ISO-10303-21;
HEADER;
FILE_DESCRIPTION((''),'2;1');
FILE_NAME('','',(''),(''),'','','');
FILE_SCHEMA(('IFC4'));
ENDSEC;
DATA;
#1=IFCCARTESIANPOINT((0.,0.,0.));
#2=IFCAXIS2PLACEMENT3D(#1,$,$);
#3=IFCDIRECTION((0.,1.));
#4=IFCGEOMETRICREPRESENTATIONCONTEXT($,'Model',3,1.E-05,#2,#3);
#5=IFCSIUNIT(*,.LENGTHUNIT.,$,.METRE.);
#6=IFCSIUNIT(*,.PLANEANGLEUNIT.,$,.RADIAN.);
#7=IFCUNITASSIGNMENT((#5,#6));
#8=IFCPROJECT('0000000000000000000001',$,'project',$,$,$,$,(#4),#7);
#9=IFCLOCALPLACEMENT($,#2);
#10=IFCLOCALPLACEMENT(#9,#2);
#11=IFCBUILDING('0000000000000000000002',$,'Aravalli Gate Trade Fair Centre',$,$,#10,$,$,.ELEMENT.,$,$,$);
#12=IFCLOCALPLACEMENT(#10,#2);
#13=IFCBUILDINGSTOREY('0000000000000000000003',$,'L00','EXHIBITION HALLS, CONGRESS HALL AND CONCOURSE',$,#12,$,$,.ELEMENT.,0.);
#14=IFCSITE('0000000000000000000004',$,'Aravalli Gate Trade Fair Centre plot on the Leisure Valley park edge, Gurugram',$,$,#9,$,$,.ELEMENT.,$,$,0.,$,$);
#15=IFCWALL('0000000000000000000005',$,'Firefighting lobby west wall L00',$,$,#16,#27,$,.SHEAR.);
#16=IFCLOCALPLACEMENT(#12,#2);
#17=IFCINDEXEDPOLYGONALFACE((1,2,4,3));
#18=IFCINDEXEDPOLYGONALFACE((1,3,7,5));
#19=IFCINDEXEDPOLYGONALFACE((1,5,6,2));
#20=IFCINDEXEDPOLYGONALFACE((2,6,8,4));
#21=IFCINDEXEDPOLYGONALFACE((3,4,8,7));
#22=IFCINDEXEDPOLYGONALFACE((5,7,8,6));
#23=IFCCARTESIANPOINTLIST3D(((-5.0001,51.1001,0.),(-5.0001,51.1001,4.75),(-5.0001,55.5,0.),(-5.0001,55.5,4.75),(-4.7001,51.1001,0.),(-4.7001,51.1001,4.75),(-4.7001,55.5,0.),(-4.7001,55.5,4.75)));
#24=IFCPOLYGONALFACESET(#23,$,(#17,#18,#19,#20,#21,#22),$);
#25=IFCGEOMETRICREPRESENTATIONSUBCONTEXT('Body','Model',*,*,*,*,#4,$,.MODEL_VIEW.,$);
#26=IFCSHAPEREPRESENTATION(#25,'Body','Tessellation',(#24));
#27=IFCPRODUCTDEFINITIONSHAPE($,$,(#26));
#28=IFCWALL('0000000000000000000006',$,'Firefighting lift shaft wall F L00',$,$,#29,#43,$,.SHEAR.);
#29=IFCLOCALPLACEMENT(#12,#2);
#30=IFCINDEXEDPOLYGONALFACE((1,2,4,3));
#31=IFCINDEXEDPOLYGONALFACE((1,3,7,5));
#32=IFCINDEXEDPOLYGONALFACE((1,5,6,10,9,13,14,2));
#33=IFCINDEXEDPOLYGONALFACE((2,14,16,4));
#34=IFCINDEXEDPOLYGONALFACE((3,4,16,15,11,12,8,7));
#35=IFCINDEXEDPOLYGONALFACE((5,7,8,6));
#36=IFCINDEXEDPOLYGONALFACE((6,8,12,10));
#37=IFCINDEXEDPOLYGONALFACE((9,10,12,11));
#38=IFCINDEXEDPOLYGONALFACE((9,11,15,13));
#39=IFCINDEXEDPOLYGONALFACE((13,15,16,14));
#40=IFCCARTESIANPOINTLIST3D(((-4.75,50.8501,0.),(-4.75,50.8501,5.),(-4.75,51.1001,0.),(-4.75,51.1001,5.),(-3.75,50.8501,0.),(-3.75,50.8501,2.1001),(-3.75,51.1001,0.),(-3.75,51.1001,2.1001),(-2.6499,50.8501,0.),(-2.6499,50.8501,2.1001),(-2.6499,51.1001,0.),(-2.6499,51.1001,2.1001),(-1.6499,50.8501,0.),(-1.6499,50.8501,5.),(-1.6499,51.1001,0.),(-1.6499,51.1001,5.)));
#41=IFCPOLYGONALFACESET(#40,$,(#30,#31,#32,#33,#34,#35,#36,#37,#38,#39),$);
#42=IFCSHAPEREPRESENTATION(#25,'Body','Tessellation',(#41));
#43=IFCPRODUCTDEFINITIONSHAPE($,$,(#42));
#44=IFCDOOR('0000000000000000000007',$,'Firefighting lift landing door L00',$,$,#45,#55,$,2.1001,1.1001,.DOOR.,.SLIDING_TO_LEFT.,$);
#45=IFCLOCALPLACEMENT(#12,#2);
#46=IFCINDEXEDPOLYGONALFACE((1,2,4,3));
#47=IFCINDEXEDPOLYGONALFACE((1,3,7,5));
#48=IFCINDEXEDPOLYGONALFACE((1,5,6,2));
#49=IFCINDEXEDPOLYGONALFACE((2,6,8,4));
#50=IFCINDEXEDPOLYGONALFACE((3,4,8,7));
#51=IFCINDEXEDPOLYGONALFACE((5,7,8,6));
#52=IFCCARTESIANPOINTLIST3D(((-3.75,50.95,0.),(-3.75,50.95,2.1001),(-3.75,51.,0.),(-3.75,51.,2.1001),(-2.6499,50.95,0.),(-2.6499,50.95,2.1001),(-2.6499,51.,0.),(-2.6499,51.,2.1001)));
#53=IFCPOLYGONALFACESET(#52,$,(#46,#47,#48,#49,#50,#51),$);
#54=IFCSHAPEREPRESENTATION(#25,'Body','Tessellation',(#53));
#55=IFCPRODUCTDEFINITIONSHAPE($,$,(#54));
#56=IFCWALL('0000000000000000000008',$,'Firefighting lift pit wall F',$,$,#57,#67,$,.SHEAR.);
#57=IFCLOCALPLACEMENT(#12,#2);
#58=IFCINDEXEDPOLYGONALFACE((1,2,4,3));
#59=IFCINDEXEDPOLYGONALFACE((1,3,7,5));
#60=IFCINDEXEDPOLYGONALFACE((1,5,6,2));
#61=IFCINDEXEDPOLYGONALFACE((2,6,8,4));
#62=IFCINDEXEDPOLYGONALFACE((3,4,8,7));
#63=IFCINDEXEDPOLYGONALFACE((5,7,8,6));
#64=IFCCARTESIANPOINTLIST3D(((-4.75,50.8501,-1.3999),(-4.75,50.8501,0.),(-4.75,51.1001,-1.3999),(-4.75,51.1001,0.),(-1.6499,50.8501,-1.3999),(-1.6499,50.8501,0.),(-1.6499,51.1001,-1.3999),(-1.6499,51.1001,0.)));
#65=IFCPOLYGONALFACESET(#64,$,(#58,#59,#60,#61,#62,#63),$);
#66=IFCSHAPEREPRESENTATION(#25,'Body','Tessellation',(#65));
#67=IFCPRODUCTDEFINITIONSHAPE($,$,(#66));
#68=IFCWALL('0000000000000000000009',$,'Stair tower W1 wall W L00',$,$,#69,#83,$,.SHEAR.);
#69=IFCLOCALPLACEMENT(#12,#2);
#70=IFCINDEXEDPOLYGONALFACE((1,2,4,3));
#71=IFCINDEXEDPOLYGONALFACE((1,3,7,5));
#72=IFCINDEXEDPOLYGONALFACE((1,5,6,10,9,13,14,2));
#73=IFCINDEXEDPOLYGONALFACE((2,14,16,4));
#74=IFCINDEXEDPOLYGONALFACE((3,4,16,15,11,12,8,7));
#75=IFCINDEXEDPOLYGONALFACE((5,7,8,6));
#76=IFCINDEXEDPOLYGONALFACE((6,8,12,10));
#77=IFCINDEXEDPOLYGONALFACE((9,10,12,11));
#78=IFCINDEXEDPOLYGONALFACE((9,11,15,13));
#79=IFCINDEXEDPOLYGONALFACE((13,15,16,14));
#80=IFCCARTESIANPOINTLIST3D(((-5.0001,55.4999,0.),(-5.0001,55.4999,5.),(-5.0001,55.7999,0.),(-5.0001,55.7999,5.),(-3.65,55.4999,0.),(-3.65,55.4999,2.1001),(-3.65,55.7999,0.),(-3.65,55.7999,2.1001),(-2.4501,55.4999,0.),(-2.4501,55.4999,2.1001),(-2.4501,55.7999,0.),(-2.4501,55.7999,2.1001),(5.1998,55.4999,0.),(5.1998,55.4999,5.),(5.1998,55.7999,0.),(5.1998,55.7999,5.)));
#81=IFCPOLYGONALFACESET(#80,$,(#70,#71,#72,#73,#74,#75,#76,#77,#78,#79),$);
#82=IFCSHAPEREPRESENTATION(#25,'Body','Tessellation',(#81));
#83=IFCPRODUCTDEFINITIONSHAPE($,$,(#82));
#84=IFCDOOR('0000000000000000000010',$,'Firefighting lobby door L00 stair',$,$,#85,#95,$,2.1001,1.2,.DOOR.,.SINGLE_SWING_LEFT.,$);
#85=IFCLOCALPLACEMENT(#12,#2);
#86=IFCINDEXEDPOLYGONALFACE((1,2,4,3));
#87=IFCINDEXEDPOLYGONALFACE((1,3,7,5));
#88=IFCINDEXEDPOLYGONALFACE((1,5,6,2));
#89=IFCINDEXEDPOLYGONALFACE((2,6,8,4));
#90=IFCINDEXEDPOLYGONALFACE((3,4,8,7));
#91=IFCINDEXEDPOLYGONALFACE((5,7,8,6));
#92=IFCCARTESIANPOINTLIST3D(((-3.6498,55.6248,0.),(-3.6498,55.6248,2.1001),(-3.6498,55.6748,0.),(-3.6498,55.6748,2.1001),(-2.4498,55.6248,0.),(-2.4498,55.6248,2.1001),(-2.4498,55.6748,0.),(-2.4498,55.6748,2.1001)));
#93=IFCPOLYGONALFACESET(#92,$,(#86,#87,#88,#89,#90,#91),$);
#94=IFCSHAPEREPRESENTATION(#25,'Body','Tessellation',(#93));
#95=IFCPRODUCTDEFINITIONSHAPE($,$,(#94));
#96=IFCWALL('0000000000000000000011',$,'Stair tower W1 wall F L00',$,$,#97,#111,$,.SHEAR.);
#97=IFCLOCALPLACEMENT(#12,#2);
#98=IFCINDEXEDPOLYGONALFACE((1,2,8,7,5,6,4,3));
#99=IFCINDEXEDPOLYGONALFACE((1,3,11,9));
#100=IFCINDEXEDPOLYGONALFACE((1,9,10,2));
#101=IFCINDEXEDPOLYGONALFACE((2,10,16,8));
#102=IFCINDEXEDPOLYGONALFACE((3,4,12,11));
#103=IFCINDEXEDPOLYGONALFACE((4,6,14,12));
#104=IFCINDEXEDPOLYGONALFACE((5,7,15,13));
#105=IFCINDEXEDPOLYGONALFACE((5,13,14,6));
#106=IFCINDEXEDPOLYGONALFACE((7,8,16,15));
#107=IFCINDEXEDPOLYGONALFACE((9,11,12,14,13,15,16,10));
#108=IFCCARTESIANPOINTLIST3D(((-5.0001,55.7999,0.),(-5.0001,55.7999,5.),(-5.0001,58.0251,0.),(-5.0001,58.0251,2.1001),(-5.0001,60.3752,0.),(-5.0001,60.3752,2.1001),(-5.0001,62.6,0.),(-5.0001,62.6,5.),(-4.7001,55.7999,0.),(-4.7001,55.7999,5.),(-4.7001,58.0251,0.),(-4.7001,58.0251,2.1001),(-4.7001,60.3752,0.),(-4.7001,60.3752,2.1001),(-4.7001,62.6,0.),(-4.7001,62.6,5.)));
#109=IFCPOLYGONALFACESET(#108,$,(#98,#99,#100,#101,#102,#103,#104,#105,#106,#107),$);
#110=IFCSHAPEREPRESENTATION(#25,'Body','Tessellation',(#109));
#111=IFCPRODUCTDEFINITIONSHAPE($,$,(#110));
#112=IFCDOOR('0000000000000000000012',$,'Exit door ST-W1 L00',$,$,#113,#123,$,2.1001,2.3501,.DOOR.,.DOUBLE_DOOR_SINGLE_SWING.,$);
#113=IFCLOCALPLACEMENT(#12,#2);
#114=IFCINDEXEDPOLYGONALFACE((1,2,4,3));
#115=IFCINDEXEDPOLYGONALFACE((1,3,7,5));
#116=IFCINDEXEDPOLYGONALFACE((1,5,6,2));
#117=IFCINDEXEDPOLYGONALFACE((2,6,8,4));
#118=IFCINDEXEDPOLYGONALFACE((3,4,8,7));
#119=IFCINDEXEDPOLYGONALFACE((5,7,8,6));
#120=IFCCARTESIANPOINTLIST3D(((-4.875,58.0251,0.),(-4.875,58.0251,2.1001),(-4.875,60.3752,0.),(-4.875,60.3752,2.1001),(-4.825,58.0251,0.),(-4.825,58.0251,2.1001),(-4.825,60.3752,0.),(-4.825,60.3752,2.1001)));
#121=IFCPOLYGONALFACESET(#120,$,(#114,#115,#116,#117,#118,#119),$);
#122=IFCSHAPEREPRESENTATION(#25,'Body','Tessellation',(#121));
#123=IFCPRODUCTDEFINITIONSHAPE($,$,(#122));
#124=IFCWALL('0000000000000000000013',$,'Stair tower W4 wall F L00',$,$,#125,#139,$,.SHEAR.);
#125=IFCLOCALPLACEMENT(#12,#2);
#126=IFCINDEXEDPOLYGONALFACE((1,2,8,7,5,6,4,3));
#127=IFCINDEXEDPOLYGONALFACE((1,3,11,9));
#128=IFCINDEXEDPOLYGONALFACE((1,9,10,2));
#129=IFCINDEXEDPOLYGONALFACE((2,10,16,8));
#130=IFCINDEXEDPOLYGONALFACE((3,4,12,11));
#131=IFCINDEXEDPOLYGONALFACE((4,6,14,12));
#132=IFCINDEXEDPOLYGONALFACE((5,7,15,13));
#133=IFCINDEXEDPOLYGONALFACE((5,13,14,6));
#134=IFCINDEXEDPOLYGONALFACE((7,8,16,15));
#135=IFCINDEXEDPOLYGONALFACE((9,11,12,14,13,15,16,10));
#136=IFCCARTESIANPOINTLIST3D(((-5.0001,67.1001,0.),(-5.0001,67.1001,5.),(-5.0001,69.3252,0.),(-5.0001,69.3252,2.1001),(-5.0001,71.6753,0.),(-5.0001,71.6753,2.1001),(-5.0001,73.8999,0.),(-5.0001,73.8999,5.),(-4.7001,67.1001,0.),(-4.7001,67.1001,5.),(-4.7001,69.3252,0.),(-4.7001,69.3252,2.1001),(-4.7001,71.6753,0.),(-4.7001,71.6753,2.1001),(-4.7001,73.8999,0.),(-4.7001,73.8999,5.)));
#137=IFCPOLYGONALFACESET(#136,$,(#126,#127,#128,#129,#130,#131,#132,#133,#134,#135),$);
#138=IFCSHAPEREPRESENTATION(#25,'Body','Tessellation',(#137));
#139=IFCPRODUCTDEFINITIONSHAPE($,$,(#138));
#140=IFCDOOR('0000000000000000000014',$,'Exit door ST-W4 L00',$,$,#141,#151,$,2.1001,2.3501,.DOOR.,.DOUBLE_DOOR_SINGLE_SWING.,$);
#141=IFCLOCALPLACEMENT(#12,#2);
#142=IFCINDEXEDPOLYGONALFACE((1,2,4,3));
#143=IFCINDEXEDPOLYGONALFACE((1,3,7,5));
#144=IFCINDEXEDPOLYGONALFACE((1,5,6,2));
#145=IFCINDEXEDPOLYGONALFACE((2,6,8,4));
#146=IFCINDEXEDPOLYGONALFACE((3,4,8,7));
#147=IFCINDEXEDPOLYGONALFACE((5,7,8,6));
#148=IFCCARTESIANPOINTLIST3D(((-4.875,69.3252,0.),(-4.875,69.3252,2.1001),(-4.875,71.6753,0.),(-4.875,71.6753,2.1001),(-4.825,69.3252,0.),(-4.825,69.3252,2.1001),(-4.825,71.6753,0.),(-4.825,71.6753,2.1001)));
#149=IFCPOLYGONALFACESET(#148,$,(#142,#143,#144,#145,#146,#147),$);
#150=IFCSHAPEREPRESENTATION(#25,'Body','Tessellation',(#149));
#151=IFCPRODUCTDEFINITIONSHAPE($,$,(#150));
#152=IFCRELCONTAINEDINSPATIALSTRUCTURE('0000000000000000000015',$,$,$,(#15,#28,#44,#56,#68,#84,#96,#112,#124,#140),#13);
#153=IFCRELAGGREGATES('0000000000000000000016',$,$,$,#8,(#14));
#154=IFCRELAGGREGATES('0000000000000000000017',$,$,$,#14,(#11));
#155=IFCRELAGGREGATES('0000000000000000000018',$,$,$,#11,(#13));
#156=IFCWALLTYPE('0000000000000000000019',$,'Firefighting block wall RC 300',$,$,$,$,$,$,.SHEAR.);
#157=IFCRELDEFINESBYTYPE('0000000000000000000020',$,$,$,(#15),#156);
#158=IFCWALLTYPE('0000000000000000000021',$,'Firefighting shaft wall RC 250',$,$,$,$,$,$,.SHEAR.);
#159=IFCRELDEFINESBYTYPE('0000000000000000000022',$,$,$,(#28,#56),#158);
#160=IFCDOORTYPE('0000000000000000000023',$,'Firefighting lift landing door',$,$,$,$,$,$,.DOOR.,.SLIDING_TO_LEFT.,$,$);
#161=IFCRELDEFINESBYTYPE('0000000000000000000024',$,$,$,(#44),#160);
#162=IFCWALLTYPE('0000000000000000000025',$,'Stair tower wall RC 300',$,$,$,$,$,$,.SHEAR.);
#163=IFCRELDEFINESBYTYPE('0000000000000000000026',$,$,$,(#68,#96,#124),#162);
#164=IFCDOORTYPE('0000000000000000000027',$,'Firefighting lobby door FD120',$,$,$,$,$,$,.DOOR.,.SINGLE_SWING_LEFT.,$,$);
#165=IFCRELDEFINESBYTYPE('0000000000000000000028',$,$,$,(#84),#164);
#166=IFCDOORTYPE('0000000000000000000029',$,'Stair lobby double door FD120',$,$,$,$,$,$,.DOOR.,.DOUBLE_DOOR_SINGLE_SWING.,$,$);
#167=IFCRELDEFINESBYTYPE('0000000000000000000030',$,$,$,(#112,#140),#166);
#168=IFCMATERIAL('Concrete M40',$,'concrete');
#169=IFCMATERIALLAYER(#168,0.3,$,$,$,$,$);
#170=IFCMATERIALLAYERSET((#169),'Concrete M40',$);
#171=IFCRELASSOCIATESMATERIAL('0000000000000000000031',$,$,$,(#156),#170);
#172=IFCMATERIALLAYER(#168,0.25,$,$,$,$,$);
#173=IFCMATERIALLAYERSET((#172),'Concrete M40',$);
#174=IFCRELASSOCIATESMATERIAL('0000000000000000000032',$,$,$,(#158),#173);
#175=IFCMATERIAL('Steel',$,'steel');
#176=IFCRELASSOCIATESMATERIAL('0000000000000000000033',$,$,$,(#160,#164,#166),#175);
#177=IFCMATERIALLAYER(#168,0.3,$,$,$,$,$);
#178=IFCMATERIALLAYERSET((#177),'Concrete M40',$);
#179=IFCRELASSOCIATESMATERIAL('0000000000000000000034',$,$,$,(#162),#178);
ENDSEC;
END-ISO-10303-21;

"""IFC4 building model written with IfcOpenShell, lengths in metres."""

from ifc_helpers import new_model, si_unit, direction, frame, frame_2d, origin, place, context, subcontext, project, spatial, rectangle, extrude, material, layer, layer_set, type_object, element, fill, save


model = new_model("IFC4")

# Units and contexts
model_context = context("Model", 3, precision=1e-05, world=origin(), true_north=direction((0.0, 1.0)))
body_context = subcontext(model_context, "Body", "Model", "MODEL_VIEW")
ifc_project = project(units=[si_unit("LENGTHUNIT", "METRE"), si_unit("PLANEANGLEUNIT", "RADIAN")], contexts=[model_context])

# Site, building, storey
site_placement = place(None, origin())
site = spatial("IfcSite", under=ifc_project, at=site_placement, Name="Aravalli Gate Trade Fair Centre plot on the Leisure Valley park edge, Gurugram", CompositionType="ELEMENT", RefElevation=0.0)
building_placement = place(site_placement, origin())
building = spatial("IfcBuilding", under=site, at=building_placement, Name="Aravalli Gate Trade Fair Centre", CompositionType="ELEMENT")
storey_placement = place(building_placement, origin())
storey = spatial("IfcBuildingStorey", under=building, at=storey_placement, Name="L00", Description="EXHIBITION HALLS, CONGRESS HALL AND CONCOURSE", CompositionType="ELEMENT", Elevation=0.0)

# Wall
ifc_material_1 = material(Name="Concrete M40", Category="concrete")
ifc_layer_1 = layer(ifc_material_1, 0.3)
ifc_layer_set_1 = layer_set([ifc_layer_1], Name="Concrete M40")
wall_type_1 = type_object("IfcWallType", Name="Firefighting block wall RC 300", PredefinedType="SHEAR", material=ifc_layer_set_1)
wall_1_placement = place(storey_placement, frame((-4.8501, 51.1001, 0.0), z_axis=(0.0, 0.0, 1.0), x_axis=(0.0, 1.0, 0.0)))
element("IfcWall", 1, at=wall_1_placement, inside=storey, type_object=wall_type_1, Name="Firefighting lobby west wall L00", PredefinedType="SHEAR", context=body_context, shape_type="SweptSolid", body=[
    extrude(rectangle(XDim=4.3999, YDim=0.3, at=frame_2d((2.2, 0.0))), origin(), (0.0, 0.0, 1.0), 4.75),
])

# Wall, opening, door
ifc_layer_2 = layer(ifc_material_1, 0.25)
ifc_layer_set_2 = layer_set([ifc_layer_2], Name="Concrete M40")
wall_type_2 = type_object("IfcWallType", Name="Firefighting shaft wall RC 250", PredefinedType="SHEAR", material=ifc_layer_set_2)
wall_2_placement = place(storey_placement, frame((-4.75, 50.9751, 0.0), z_axis=(0.0, 0.0, 1.0), x_axis=(1.0, 0.0, 0.0)))
wall_2 = element("IfcWall", 2, at=wall_2_placement, inside=storey, type_object=wall_type_2, Name="Firefighting lift shaft wall F L00", PredefinedType="SHEAR", context=body_context, shape_type="SweptSolid", body=[
    extrude(rectangle(XDim=3.1001, YDim=0.25, at=frame_2d((1.55, 0.0))), origin(), (0.0, 0.0, 1.0), 5.0),
])
opening_1_placement = place(wall_2_placement, frame((1.0, 0.0, 0.0)))
opening_1 = element("IfcOpeningElement", 3, at=opening_1_placement, cuts=wall_2, PredefinedType="OPENING", context=body_context, shape_type="SweptSolid", body=[
    extrude(rectangle(XDim=1.1001, YDim=2.1001, at=frame_2d((0.55, 1.05))), frame((0.0, 0.135, 0.0), z_axis=(0.0, -1.0, 0.0), x_axis=(1.0, 0.0, 0.0)), (0.0, 0.0, 1.0), 0.27),
])
ifc_material_2 = material(Name="Steel", Category="steel")
door_type_1 = type_object("IfcDoorType", Name="Firefighting lift landing door", OperationType="SLIDING_TO_LEFT", PredefinedType="DOOR", material=ifc_material_2)
door_1_placement = place(opening_1_placement, origin())
door_1 = element("IfcDoor", 4, at=door_1_placement, inside=storey, type_object=door_type_1, Name="Firefighting lift landing door L00", OperationType="SLIDING_TO_LEFT", OverallHeight=2.1001, OverallWidth=1.1001, PredefinedType="DOOR", context=body_context, shape_type="SweptSolid", body=[
    extrude(rectangle(XDim=1.1001, YDim=2.1001, at=frame_2d((0.55, 1.05))), frame((0.0, 0.0249, 0.0), z_axis=(0.0, -1.0, 0.0), x_axis=(1.0, 0.0, 0.0)), (0.0, 0.0, 1.0), 0.05),
])
fill(opening_1, door_1)

# Wall
wall_3_placement = place(storey_placement, frame((-4.75, 50.9751, -1.3999), z_axis=(0.0, 0.0, 1.0), x_axis=(1.0, 0.0, 0.0)))
element("IfcWall", 5, at=wall_3_placement, inside=storey, type_object=wall_type_2, Name="Firefighting lift pit wall F", PredefinedType="SHEAR", context=body_context, shape_type="SweptSolid", body=[
    extrude(rectangle(XDim=3.1001, YDim=0.25, at=frame_2d((1.55, 0.0))), origin(), (0.0, 0.0, 1.0), 1.3999),
])

# Walls, openings, doors
ifc_layer_3 = layer(ifc_material_1, 0.3)
ifc_layer_set_3 = layer_set([ifc_layer_3], Name="Concrete M40")
wall_type_3 = type_object("IfcWallType", Name="Stair tower wall RC 300", PredefinedType="SHEAR", material=ifc_layer_set_3)
wall_4_placement = place(storey_placement, frame((5.2, 55.6499, 0.0), z_axis=(0.0, 0.0, 1.0), x_axis=(-1.0, 0.0, 0.0)))
wall_4 = element("IfcWall", 6, at=wall_4_placement, inside=storey, type_object=wall_type_3, Name="Stair tower W1 wall W L00", PredefinedType="SHEAR", context=body_context, shape_type="SweptSolid", body=[
    extrude(rectangle(XDim=10.2, YDim=0.3, at=frame_2d((5.1001, 0.0))), origin(), (0.0, 0.0, 1.0), 5.0),
])
opening_2_placement = place(wall_4_placement, frame((7.6499, 0.0, 0.0)))
opening_2 = element("IfcOpeningElement", 7, at=opening_2_placement, cuts=wall_4, PredefinedType="OPENING", context=body_context, shape_type="SweptSolid", body=[
    extrude(rectangle(XDim=1.2, YDim=2.1001, at=frame_2d((0.6001, 1.05))), frame((0.0, 0.1599, 0.0), z_axis=(0.0, -1.0, 0.0), x_axis=(1.0, 0.0, 0.0)), (0.0, 0.0, 1.0), 0.3201),
])
door_type_2 = type_object("IfcDoorType", Name="Firefighting lobby door FD120", OperationType="SINGLE_SWING_LEFT", PredefinedType="DOOR", material=ifc_material_2)
door_2_placement = place(opening_2_placement, frame((1.2, 0.0, 0.0), z_axis=(0.0, 0.0, 1.0), x_axis=(-1.0, 0.0, 0.0)))
door_2 = element("IfcDoor", 8, at=door_2_placement, inside=storey, type_object=door_type_2, Name="Firefighting lobby door L00 stair", OperationType="SINGLE_SWING_LEFT", OverallHeight=2.1001, OverallWidth=1.2, PredefinedType="DOOR", context=body_context, shape_type="SweptSolid", body=[
    extrude(rectangle(XDim=1.2, YDim=2.1001, at=frame_2d((0.6001, 1.05))), frame((0.0, 0.0249, 0.0), z_axis=(0.0, -1.0, 0.0), x_axis=(1.0, 0.0, 0.0)), (0.0, 0.0, 1.0), 0.05),
])
fill(opening_2, door_2)
wall_5_placement = place(storey_placement, frame((-4.8501, 55.8, 0.0), z_axis=(0.0, 0.0, 1.0), x_axis=(0.0, 1.0, 0.0)))
wall_5 = element("IfcWall", 9, at=wall_5_placement, inside=storey, type_object=wall_type_3, Name="Stair tower W1 wall F L00", PredefinedType="SHEAR", context=body_context, shape_type="SweptSolid", body=[
    extrude(rectangle(XDim=6.8, YDim=0.3, at=frame_2d((3.3999, 0.0))), origin(), (0.0, 0.0, 1.0), 5.0),
])
opening_3_placement = place(wall_5_placement, frame((2.2251, 0.0, 0.0)))
opening_3 = element("IfcOpeningElement", 10, at=opening_3_placement, cuts=wall_5, PredefinedType="OPENING", context=body_context, shape_type="SweptSolid", body=[
    extrude(rectangle(XDim=2.3501, YDim=2.1001, at=frame_2d((1.175, 1.05))), frame((0.0, 0.1599, 0.0), z_axis=(0.0, -1.0, 0.0), x_axis=(1.0, 0.0, 0.0)), (0.0, 0.0, 1.0), 0.3201),
])
door_type_3 = type_object("IfcDoorType", Name="Stair lobby double door FD120", OperationType="DOUBLE_DOOR_SINGLE_SWING", PredefinedType="DOOR", material=ifc_material_2)
door_3_placement = place(opening_3_placement, origin())
door_3 = element("IfcDoor", 11, at=door_3_placement, inside=storey, type_object=door_type_3, Name="Exit door ST-W1 L00", OperationType="DOUBLE_DOOR_SINGLE_SWING", OverallHeight=2.1001, OverallWidth=2.3501, PredefinedType="DOOR", context=body_context, shape_type="SweptSolid", body=[
    extrude(rectangle(XDim=2.3501, YDim=2.1001, at=frame_2d((1.175, 1.05))), frame((0.0, 0.0249, 0.0), z_axis=(0.0, -1.0, 0.0), x_axis=(1.0, 0.0, 0.0)), (0.0, 0.0, 1.0), 0.05),
])
fill(opening_3, door_3)
wall_6_placement = place(storey_placement, frame((-4.8501, 67.1001, 0.0), z_axis=(0.0, 0.0, 1.0), x_axis=(0.0, 1.0, 0.0)))
wall_6 = element("IfcWall", 12, at=wall_6_placement, inside=storey, type_object=wall_type_3, Name="Stair tower W4 wall F L00", PredefinedType="SHEAR", context=body_context, shape_type="SweptSolid", body=[
    extrude(rectangle(XDim=6.7998, YDim=0.3, at=frame_2d((3.3999, 0.0))), origin(), (0.0, 0.0, 1.0), 5.0),
])
opening_4_placement = place(wall_6_placement, frame((2.2251, 0.0, 0.0)))
opening_4 = element("IfcOpeningElement", 13, at=opening_4_placement, cuts=wall_6, PredefinedType="OPENING", context=body_context, shape_type="SweptSolid", body=[
    extrude(rectangle(XDim=2.3501, YDim=2.1001, at=frame_2d((1.175, 1.05))), frame((0.0, 0.1599, 0.0), z_axis=(0.0, -1.0, 0.0), x_axis=(1.0, 0.0, 0.0)), (0.0, 0.0, 1.0), 0.3201),
])
door_4_placement = place(opening_4_placement, origin())
door_4 = element("IfcDoor", 14, at=door_4_placement, inside=storey, type_object=door_type_3, Name="Exit door ST-W4 L00", OperationType="DOUBLE_DOOR_SINGLE_SWING", OverallHeight=2.1001, OverallWidth=2.3501, PredefinedType="DOOR", context=body_context, shape_type="SweptSolid", body=[
    extrude(rectangle(XDim=2.3501, YDim=2.1001, at=frame_2d((1.175, 1.05))), frame((0.0, 0.0249, 0.0), z_axis=(0.0, -1.0, 0.0), x_axis=(1.0, 0.0, 0.0)), (0.0, 0.0, 1.0), 0.05),
])
fill(opening_4, door_4)

save(model, "model.ifc")
